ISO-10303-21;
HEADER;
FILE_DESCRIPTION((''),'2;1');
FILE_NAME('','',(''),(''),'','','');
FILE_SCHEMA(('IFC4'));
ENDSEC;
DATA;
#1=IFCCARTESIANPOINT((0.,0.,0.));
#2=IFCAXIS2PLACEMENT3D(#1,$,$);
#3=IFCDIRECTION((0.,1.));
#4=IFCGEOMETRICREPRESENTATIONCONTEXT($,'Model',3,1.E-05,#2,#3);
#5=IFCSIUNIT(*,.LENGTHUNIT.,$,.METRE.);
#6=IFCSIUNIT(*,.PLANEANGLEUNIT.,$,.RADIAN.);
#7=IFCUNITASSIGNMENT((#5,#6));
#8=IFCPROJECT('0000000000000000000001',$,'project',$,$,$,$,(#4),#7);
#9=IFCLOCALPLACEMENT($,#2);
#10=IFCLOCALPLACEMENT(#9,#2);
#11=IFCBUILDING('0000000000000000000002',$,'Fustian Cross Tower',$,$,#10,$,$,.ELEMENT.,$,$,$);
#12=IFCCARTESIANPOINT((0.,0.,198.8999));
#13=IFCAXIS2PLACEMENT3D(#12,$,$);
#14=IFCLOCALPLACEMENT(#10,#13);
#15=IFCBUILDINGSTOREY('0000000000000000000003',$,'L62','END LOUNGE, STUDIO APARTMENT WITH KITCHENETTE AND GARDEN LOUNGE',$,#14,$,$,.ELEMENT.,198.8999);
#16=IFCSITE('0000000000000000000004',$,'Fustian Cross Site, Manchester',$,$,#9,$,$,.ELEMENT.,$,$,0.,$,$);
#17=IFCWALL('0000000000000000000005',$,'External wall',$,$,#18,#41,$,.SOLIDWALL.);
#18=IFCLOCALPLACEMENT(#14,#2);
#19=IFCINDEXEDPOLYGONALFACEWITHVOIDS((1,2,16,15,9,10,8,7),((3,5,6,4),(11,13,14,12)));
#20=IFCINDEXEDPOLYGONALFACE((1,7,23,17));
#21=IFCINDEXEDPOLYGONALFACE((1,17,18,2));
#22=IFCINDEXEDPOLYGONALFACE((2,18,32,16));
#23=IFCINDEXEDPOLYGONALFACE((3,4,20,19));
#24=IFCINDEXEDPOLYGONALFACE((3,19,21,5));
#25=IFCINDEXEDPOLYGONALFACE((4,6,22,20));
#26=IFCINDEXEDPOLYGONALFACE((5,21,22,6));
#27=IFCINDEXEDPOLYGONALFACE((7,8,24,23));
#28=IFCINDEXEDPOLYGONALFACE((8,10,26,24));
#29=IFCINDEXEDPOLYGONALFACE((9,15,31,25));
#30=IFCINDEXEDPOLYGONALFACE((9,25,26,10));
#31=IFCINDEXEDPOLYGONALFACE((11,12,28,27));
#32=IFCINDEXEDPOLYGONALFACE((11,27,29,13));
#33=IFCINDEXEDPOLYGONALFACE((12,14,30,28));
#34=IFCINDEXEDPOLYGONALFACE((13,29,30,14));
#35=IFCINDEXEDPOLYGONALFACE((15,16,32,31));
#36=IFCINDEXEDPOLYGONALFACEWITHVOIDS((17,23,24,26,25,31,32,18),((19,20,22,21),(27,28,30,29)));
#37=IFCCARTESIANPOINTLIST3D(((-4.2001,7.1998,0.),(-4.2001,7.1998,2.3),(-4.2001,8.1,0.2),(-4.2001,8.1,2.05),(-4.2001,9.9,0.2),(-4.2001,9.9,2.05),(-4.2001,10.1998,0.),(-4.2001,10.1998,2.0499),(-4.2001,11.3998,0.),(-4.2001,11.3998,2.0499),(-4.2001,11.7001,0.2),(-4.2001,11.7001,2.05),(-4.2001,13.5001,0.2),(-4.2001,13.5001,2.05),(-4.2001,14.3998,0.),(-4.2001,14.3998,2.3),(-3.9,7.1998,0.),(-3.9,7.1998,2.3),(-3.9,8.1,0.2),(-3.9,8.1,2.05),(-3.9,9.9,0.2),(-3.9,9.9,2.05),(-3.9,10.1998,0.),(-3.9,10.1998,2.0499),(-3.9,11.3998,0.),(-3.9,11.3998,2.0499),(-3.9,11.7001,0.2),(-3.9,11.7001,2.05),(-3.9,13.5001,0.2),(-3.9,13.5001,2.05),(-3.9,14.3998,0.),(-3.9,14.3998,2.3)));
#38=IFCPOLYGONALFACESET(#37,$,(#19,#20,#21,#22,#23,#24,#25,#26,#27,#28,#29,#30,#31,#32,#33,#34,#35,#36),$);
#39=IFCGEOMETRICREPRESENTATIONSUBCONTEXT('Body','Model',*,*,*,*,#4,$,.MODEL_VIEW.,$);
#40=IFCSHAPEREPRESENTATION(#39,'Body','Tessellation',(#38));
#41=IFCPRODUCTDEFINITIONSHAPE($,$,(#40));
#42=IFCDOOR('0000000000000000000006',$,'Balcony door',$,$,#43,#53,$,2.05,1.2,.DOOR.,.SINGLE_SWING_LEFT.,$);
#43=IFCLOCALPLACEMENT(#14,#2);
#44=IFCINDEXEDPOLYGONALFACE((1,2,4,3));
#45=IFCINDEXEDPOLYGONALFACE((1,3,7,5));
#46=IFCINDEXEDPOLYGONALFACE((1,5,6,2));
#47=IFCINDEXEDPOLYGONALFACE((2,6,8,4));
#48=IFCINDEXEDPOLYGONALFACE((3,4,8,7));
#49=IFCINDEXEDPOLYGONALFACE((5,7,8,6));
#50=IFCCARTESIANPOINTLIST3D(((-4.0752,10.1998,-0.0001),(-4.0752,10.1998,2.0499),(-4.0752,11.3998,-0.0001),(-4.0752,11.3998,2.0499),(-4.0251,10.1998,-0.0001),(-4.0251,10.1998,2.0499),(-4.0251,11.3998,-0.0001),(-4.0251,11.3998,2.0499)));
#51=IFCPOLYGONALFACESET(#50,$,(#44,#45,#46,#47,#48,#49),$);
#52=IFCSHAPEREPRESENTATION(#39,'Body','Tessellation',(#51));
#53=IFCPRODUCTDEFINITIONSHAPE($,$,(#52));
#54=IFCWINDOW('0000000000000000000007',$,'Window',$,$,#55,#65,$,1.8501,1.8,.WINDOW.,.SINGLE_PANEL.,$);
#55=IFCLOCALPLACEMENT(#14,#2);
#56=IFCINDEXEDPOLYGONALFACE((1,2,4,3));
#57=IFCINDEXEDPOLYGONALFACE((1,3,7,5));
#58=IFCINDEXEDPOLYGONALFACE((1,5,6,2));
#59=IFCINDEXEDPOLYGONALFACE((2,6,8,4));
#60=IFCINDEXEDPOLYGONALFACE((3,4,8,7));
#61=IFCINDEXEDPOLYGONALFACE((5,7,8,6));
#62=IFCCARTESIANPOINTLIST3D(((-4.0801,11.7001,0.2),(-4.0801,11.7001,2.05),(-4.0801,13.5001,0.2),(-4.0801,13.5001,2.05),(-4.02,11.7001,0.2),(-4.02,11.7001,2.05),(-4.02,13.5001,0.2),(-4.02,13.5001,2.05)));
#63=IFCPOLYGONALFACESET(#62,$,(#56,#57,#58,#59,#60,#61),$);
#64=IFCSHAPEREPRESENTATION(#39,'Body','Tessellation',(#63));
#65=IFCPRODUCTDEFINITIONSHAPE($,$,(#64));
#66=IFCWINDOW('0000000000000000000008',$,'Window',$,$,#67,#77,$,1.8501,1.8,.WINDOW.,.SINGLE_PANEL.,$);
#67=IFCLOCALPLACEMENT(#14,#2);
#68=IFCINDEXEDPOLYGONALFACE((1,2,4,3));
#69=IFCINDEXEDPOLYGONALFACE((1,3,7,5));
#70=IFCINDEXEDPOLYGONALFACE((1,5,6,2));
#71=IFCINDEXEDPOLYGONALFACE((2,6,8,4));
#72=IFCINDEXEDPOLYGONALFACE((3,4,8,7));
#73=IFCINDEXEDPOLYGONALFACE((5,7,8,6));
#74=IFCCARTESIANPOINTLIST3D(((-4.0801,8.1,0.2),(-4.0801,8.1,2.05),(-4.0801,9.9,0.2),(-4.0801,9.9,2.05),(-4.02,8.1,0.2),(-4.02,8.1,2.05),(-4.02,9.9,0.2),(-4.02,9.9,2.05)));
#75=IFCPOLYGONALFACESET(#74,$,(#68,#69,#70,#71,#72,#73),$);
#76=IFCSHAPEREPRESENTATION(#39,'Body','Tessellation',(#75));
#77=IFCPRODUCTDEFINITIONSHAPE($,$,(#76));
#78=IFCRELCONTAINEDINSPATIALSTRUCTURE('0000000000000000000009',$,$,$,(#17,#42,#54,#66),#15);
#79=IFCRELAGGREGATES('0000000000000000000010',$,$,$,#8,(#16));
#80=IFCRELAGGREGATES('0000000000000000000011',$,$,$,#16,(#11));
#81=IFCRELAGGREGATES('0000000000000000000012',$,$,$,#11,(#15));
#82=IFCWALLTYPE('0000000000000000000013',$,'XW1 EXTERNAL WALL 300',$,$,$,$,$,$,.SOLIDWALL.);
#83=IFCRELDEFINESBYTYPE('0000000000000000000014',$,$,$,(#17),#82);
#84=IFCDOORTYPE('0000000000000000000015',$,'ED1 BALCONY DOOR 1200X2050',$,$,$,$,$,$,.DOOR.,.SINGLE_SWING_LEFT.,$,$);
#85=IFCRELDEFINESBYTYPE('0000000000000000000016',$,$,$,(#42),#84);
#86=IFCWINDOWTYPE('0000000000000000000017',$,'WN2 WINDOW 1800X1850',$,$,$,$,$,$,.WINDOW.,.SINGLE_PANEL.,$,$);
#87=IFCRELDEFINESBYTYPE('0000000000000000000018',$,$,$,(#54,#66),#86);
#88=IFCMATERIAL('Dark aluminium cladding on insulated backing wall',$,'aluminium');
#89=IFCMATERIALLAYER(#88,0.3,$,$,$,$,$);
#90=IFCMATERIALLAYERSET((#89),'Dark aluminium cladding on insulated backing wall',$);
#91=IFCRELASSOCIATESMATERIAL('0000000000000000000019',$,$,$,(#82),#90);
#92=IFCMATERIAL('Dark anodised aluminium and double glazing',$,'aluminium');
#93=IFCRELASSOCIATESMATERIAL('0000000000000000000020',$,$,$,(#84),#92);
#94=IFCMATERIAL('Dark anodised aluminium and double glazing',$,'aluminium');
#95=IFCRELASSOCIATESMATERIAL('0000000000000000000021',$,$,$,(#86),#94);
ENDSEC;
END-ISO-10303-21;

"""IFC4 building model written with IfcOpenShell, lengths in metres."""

from ifc_helpers import new_model, si_unit, direction, frame, frame_2d, origin, place, context, subcontext, project, spatial, rectangle, extrude, material, layer, layer_set, type_object, element, fill, save


model = new_model("IFC4")

# Units and contexts
model_context = context("Model", 3, precision=1e-05, world=origin(), true_north=direction((0.0, 1.0)))
body_context = subcontext(model_context, "Body", "Model", "MODEL_VIEW")
ifc_project = project(units=[si_unit("LENGTHUNIT", "METRE"), si_unit("PLANEANGLEUNIT", "RADIAN")], contexts=[model_context])

# Site, building, storey
site_placement = place(None, origin())
site = spatial("IfcSite", under=ifc_project, at=site_placement, Name="Fustian Cross Site, Manchester", CompositionType="ELEMENT", RefElevation=0.0)
building_placement = place(site_placement, origin())
building = spatial("IfcBuilding", under=site, at=building_placement, Name="Fustian Cross Tower", CompositionType="ELEMENT")
storey_placement = place(building_placement, frame((0.0, 0.0, 198.8999)))
storey = spatial("IfcBuildingStorey", under=building, at=storey_placement, Name="L62", Description="END LOUNGE, STUDIO APARTMENT WITH KITCHENETTE AND GARDEN LOUNGE", CompositionType="ELEMENT", Elevation=198.8999)

# Wall, openings, door, windows
ifc_material_1 = material(Name="Dark aluminium cladding on insulated backing wall", Category="aluminium")
ifc_layer_1 = layer(ifc_material_1, 0.3)
ifc_layer_set_1 = layer_set([ifc_layer_1], Name="Dark aluminium cladding on insulated backing wall")
wall_type_1 = type_object("IfcWallType", Name="XW1 EXTERNAL WALL 300", PredefinedType="SOLIDWALL", material=ifc_layer_set_1)
wall_1_placement = place(storey_placement, frame((-4.05, 14.3999, 0.0), z_axis=(0.0, 0.0, 1.0), x_axis=(0.0, -1.0, 0.0)))
wall_1 = element("IfcWall", 1, at=wall_1_placement, inside=storey, type_object=wall_type_1, Name="External wall", PredefinedType="SOLIDWALL", context=body_context, shape_type="SweptSolid", body=[
    extrude(rectangle(XDim=7.2, YDim=0.3, at=frame_2d((3.6001, 0.0))), origin(), (0.0, 0.0, 1.0), 2.3),
])
opening_1_placement = place(wall_1_placement, frame((3.0, 0.0, 0.0)))
opening_1 = element("IfcOpeningElement", 2, at=opening_1_placement, cuts=wall_1, PredefinedType="OPENING", context=body_context, shape_type="SweptSolid", body=[
    extrude(rectangle(XDim=1.2, YDim=2.05, at=frame_2d((0.6001, 1.0249))), frame((0.0, 0.1599, 0.0), z_axis=(0.0, -1.0, 0.0), x_axis=(1.0, 0.0, 0.0)), (0.0, 0.0, 1.0), 0.3201),
])
opening_2_placement = place(wall_1_placement, frame((0.8999, 0.0, 0.2)))
opening_2 = element("IfcOpeningElement", 3, at=opening_2_placement, cuts=wall_1, PredefinedType="OPENING", context=body_context, shape_type="SweptSolid", body=[
    extrude(rectangle(XDim=1.8, YDim=1.8501, at=frame_2d((0.8999, 0.925))), frame((0.0, 0.1599, 0.0), z_axis=(0.0, -1.0, 0.0), x_axis=(1.0, 0.0, 0.0)), (0.0, 0.0, 1.0), 0.3201),
])
opening_3_placement = place(wall_1_placement, frame((4.5, 0.0, 0.2)))
opening_3 = element("IfcOpeningElement", 4, at=opening_3_placement, cuts=wall_1, PredefinedType="OPENING", context=body_context, shape_type="SweptSolid", body=[
    extrude(rectangle(XDim=1.8, YDim=1.8501, at=frame_2d((0.8999, 0.925))), frame((0.0, 0.1599, 0.0), z_axis=(0.0, -1.0, 0.0), x_axis=(1.0, 0.0, 0.0)), (0.0, 0.0, 1.0), 0.3201),
])
ifc_material_2 = material(Name="Dark anodised aluminium and double glazing", Category="aluminium")
door_type = type_object("IfcDoorType", Name="ED1 BALCONY DOOR 1200X2050", OperationType="SINGLE_SWING_LEFT", PredefinedType="DOOR", material=ifc_material_2)
door_placement = place(opening_1_placement, origin())
door = element("IfcDoor", 5, at=door_placement, inside=storey, type_object=door_type, Name="Balcony door", OperationType="SINGLE_SWING_LEFT", OverallHeight=2.05, OverallWidth=1.2, PredefinedType="DOOR", context=body_context, shape_type="SweptSolid", body=[
    extrude(rectangle(XDim=1.2, YDim=2.05, at=frame_2d((0.6001, 1.0249))), frame((0.0, 0.0249, 0.0), z_axis=(0.0, -1.0, 0.0), x_axis=(1.0, 0.0, 0.0)), (0.0, 0.0, 1.0), 0.05),
])
fill(opening_1, door)
ifc_material_3 = material(Name="Dark anodised aluminium and double glazing", Category="aluminium")
window_type = type_object("IfcWindowType", Name="WN2 WINDOW 1800X1850", PartitioningType="SINGLE_PANEL", PredefinedType="WINDOW", material=ifc_material_3)
window_1_placement = place(opening_2_placement, origin())
window_1 = element("IfcWindow", 6, at=window_1_placement, inside=storey, type_object=window_type, Name="Window", OverallHeight=1.8501, OverallWidth=1.8, PartitioningType="SINGLE_PANEL", PredefinedType="WINDOW", context=body_context, shape_type="SweptSolid", body=[
    extrude(rectangle(XDim=1.8, YDim=1.8501, at=frame_2d((0.8999, 0.925))), frame((0.0, 0.03, 0.0), z_axis=(0.0, -1.0, 0.0), x_axis=(1.0, 0.0, 0.0)), (0.0, 0.0, 1.0), 0.0601),
])
fill(opening_2, window_1)
window_2_placement = place(opening_3_placement, origin())
window_2 = element("IfcWindow", 7, at=window_2_placement, inside=storey, type_object=window_type, Name="Window", OverallHeight=1.8501, OverallWidth=1.8, PartitioningType="SINGLE_PANEL", PredefinedType="WINDOW", context=body_context, shape_type="SweptSolid", body=[
    extrude(rectangle(XDim=1.8, YDim=1.8501, at=frame_2d((0.8999, 0.925))), frame((0.0, 0.03, 0.0), z_axis=(0.0, -1.0, 0.0), x_axis=(1.0, 0.0, 0.0)), (0.0, 0.0, 1.0), 0.0601),
])
fill(opening_3, window_2)

save(model, "model.ifc")
